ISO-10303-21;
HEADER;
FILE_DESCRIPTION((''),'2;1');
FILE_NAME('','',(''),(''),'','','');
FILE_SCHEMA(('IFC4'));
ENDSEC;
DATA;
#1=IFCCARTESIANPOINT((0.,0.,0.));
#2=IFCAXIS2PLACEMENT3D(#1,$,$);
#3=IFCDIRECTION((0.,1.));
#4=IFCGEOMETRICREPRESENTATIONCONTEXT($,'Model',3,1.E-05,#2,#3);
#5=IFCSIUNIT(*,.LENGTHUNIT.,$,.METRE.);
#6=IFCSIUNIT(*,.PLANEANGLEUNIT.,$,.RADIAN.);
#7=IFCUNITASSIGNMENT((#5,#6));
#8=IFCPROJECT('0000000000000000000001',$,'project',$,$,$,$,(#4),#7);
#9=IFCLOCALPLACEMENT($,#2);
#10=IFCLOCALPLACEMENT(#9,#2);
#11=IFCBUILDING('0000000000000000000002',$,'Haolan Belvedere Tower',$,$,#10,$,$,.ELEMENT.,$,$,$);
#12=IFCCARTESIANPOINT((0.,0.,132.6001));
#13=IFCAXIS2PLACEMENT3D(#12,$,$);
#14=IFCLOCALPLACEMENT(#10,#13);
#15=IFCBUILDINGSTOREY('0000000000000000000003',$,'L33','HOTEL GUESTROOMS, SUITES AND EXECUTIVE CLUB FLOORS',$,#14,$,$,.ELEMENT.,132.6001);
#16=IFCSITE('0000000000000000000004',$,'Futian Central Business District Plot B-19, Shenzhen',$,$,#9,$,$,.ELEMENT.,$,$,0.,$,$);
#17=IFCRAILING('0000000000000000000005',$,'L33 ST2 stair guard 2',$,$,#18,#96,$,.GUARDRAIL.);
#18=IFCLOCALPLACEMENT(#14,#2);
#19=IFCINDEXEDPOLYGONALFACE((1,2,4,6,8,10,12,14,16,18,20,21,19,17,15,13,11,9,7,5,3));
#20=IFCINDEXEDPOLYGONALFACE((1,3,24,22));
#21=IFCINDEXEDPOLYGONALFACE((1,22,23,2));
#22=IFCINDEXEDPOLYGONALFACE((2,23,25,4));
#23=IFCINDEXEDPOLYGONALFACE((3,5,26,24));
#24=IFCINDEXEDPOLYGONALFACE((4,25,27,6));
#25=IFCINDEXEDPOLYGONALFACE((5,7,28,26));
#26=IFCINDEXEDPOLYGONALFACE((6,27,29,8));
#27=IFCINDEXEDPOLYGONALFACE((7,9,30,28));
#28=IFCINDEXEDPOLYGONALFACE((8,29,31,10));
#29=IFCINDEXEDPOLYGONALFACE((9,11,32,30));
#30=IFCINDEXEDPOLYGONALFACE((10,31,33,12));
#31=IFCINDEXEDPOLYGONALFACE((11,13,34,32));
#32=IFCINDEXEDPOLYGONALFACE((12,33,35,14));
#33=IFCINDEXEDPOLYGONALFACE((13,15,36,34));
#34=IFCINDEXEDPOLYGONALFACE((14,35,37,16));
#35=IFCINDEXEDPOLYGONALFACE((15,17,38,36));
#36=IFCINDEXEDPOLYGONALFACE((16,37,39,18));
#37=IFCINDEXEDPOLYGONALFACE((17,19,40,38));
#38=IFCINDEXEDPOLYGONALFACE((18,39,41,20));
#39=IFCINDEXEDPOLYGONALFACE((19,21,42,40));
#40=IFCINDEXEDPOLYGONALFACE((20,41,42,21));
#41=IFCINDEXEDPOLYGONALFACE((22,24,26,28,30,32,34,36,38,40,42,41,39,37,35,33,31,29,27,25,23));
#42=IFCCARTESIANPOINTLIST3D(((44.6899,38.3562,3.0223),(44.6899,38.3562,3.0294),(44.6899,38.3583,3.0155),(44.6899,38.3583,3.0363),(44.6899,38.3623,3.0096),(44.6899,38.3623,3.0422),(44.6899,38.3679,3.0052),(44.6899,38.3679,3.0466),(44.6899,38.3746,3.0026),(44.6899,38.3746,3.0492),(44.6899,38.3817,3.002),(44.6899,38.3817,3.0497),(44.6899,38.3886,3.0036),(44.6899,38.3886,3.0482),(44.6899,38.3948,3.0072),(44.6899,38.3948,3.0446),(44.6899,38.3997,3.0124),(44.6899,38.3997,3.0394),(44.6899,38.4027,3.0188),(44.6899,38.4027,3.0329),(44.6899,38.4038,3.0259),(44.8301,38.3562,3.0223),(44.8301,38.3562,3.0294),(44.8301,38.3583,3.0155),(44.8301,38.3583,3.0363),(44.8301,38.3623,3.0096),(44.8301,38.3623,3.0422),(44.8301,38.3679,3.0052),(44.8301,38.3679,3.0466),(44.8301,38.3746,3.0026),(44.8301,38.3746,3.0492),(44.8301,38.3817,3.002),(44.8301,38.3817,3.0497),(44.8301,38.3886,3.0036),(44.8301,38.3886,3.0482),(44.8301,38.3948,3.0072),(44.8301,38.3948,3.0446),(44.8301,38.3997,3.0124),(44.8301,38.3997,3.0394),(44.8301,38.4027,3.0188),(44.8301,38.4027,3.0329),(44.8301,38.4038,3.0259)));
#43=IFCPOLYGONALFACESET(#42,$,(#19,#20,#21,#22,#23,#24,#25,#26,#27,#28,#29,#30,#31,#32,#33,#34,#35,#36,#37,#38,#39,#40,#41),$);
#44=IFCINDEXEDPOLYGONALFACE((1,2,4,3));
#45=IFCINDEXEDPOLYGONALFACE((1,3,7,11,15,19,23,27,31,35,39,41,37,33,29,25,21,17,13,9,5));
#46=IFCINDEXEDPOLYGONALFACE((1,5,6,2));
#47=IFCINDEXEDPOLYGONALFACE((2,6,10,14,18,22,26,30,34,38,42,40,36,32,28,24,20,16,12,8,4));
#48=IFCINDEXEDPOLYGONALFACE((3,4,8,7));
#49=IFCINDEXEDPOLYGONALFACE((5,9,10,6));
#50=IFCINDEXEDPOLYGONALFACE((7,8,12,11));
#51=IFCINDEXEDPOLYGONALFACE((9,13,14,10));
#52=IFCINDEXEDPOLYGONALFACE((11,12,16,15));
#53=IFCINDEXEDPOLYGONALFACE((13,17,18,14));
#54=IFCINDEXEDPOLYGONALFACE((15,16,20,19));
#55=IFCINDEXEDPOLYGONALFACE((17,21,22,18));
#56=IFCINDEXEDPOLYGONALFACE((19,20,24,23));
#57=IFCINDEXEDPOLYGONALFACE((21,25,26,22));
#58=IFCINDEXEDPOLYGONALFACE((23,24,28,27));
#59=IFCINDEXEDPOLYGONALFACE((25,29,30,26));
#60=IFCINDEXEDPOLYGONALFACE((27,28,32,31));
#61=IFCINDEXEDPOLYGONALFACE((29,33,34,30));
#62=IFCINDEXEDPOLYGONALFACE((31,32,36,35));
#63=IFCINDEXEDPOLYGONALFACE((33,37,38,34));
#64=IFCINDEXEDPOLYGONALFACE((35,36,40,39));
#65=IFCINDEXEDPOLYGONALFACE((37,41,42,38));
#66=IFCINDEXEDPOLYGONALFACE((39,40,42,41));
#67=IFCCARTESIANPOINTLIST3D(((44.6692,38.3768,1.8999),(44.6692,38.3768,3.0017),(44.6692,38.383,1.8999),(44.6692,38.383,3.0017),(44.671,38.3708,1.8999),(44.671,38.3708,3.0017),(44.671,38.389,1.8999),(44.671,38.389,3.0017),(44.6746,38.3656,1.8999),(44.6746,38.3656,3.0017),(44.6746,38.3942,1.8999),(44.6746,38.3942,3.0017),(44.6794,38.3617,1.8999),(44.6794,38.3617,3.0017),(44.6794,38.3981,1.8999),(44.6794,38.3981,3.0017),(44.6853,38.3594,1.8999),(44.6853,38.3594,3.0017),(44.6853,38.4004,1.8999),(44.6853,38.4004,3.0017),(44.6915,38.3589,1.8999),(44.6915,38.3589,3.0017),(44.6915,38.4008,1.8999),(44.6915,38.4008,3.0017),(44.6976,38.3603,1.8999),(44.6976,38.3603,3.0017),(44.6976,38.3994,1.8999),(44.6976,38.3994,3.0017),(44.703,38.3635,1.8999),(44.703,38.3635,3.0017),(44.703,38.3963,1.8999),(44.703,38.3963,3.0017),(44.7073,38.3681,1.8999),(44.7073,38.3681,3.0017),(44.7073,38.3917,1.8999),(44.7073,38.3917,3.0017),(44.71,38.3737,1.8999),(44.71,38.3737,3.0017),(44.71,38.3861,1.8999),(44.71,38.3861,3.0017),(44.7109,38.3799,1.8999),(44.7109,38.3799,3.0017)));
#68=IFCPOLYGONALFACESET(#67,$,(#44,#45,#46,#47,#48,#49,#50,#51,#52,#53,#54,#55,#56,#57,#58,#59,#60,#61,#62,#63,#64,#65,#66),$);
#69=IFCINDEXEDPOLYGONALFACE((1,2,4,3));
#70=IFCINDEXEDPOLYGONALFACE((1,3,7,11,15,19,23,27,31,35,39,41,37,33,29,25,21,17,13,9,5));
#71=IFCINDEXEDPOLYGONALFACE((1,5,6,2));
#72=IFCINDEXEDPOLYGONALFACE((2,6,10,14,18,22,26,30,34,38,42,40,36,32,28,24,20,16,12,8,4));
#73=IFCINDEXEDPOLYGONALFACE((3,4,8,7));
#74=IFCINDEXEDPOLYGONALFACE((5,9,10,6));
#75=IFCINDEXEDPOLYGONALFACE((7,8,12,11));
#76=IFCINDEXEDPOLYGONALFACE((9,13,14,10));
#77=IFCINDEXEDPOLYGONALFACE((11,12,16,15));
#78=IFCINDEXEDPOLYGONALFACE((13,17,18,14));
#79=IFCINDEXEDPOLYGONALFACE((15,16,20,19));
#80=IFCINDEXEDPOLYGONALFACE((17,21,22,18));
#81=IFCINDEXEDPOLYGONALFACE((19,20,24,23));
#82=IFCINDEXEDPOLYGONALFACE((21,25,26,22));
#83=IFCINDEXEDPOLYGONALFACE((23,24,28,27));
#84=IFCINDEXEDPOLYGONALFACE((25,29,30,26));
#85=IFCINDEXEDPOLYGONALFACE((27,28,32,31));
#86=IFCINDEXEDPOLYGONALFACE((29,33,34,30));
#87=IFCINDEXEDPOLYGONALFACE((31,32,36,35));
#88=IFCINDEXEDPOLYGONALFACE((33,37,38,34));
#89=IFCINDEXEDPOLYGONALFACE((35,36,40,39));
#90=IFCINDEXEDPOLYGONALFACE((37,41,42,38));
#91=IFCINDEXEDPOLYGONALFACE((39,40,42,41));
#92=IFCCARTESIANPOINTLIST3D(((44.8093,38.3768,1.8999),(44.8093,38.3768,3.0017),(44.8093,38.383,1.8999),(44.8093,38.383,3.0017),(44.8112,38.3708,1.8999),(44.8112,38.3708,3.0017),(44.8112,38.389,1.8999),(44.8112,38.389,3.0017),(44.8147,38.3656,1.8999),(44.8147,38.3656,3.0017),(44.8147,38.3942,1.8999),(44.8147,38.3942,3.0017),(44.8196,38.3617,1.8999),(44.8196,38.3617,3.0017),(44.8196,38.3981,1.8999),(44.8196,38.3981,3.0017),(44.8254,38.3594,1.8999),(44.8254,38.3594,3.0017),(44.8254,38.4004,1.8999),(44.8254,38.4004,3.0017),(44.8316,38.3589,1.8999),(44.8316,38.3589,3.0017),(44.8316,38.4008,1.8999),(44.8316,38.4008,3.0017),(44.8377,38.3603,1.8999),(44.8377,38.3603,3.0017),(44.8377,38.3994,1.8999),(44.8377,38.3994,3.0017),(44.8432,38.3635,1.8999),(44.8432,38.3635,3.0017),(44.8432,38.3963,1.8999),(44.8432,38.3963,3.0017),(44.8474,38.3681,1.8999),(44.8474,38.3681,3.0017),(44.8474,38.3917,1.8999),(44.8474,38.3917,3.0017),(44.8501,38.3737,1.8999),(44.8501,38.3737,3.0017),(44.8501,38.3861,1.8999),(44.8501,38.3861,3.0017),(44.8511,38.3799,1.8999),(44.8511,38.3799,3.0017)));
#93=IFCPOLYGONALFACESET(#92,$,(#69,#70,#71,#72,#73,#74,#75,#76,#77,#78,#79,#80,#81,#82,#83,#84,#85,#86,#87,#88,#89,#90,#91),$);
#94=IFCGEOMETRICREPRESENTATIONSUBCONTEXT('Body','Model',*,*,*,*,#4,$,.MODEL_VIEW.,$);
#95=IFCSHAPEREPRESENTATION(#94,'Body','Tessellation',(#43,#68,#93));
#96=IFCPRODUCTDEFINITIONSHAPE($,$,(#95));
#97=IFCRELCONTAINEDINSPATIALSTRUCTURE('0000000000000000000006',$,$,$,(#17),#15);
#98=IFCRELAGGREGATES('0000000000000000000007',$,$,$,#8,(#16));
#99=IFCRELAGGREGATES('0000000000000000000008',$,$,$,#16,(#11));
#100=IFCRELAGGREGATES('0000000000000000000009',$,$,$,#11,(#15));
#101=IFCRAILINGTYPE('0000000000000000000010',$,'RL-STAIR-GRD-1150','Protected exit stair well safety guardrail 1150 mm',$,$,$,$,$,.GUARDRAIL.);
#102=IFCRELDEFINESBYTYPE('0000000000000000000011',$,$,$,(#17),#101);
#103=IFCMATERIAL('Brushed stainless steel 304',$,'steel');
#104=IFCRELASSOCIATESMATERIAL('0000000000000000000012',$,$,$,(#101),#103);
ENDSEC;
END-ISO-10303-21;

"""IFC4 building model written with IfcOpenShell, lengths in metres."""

from ifc_helpers import new_model, si_unit, direction, frame, origin, origin_2d, place, context, subcontext, project, spatial, circle, extrude, material, type_object, element, save


model = new_model("IFC4")

# Units and contexts
model_context = context("Model", 3, precision=1e-05, world=origin(), true_north=direction((0.0, 1.0)))
body_context = subcontext(model_context, "Body", "Model", "MODEL_VIEW")
ifc_project = project(units=[si_unit("LENGTHUNIT", "METRE"), si_unit("PLANEANGLEUNIT", "RADIAN")], contexts=[model_context])

# Site, building, storey
site_placement = place(None, origin())
site = spatial("IfcSite", under=ifc_project, at=site_placement, Name="Futian Central Business District Plot B-19, Shenzhen", CompositionType="ELEMENT", RefElevation=0.0)
building_placement = place(site_placement, origin())
building = spatial("IfcBuilding", under=site, at=building_placement, Name="Haolan Belvedere Tower", CompositionType="ELEMENT")
storey_placement = place(building_placement, frame((0.0, 0.0, 132.6001)))
storey = spatial("IfcBuildingStorey", under=building, at=storey_placement, Name="L33", Description="HOTEL GUESTROOMS, SUITES AND EXECUTIVE CLUB FLOORS", CompositionType="ELEMENT", Elevation=132.6001)

# Railing
ifc_material_1 = material(Name="Brushed stainless steel 304", Category="steel")
railing_type_1 = type_object("IfcRailingType", Name="RL-STAIR-GRD-1150", Description="Protected exit stair well safety guardrail 1150 mm", PredefinedType="GUARDRAIL", material=ifc_material_1)
railing_1_placement = place(storey_placement, frame((44.6899, 38.3799, 1.8999)))
element("IfcRailing", 1, at=railing_1_placement, inside=storey, type_object=railing_type_1, Name="L33 ST2 stair guard 2", PredefinedType="GUARDRAIL", context=body_context, shape_type="SweptSolid", body=[
    extrude(circle(Radius=0.0239, at=origin_2d()), frame((0.0, 0.0, 1.126), z_axis=(1.0, 0.0, 0.0), x_axis=(0.0, 1.0, 0.0)), (0.0, 0.0, 1.0), 0.1401),
    extrude(circle(Radius=0.021, at=origin_2d()), origin(), (0.0, 0.0, 1.0), 1.1018),
    extrude(circle(Radius=0.021, at=origin_2d()), frame((0.1401, 0.0, 0.0)), (0.0, 0.0, 1.0), 1.1018),
])

save(model, "model.ifc")
